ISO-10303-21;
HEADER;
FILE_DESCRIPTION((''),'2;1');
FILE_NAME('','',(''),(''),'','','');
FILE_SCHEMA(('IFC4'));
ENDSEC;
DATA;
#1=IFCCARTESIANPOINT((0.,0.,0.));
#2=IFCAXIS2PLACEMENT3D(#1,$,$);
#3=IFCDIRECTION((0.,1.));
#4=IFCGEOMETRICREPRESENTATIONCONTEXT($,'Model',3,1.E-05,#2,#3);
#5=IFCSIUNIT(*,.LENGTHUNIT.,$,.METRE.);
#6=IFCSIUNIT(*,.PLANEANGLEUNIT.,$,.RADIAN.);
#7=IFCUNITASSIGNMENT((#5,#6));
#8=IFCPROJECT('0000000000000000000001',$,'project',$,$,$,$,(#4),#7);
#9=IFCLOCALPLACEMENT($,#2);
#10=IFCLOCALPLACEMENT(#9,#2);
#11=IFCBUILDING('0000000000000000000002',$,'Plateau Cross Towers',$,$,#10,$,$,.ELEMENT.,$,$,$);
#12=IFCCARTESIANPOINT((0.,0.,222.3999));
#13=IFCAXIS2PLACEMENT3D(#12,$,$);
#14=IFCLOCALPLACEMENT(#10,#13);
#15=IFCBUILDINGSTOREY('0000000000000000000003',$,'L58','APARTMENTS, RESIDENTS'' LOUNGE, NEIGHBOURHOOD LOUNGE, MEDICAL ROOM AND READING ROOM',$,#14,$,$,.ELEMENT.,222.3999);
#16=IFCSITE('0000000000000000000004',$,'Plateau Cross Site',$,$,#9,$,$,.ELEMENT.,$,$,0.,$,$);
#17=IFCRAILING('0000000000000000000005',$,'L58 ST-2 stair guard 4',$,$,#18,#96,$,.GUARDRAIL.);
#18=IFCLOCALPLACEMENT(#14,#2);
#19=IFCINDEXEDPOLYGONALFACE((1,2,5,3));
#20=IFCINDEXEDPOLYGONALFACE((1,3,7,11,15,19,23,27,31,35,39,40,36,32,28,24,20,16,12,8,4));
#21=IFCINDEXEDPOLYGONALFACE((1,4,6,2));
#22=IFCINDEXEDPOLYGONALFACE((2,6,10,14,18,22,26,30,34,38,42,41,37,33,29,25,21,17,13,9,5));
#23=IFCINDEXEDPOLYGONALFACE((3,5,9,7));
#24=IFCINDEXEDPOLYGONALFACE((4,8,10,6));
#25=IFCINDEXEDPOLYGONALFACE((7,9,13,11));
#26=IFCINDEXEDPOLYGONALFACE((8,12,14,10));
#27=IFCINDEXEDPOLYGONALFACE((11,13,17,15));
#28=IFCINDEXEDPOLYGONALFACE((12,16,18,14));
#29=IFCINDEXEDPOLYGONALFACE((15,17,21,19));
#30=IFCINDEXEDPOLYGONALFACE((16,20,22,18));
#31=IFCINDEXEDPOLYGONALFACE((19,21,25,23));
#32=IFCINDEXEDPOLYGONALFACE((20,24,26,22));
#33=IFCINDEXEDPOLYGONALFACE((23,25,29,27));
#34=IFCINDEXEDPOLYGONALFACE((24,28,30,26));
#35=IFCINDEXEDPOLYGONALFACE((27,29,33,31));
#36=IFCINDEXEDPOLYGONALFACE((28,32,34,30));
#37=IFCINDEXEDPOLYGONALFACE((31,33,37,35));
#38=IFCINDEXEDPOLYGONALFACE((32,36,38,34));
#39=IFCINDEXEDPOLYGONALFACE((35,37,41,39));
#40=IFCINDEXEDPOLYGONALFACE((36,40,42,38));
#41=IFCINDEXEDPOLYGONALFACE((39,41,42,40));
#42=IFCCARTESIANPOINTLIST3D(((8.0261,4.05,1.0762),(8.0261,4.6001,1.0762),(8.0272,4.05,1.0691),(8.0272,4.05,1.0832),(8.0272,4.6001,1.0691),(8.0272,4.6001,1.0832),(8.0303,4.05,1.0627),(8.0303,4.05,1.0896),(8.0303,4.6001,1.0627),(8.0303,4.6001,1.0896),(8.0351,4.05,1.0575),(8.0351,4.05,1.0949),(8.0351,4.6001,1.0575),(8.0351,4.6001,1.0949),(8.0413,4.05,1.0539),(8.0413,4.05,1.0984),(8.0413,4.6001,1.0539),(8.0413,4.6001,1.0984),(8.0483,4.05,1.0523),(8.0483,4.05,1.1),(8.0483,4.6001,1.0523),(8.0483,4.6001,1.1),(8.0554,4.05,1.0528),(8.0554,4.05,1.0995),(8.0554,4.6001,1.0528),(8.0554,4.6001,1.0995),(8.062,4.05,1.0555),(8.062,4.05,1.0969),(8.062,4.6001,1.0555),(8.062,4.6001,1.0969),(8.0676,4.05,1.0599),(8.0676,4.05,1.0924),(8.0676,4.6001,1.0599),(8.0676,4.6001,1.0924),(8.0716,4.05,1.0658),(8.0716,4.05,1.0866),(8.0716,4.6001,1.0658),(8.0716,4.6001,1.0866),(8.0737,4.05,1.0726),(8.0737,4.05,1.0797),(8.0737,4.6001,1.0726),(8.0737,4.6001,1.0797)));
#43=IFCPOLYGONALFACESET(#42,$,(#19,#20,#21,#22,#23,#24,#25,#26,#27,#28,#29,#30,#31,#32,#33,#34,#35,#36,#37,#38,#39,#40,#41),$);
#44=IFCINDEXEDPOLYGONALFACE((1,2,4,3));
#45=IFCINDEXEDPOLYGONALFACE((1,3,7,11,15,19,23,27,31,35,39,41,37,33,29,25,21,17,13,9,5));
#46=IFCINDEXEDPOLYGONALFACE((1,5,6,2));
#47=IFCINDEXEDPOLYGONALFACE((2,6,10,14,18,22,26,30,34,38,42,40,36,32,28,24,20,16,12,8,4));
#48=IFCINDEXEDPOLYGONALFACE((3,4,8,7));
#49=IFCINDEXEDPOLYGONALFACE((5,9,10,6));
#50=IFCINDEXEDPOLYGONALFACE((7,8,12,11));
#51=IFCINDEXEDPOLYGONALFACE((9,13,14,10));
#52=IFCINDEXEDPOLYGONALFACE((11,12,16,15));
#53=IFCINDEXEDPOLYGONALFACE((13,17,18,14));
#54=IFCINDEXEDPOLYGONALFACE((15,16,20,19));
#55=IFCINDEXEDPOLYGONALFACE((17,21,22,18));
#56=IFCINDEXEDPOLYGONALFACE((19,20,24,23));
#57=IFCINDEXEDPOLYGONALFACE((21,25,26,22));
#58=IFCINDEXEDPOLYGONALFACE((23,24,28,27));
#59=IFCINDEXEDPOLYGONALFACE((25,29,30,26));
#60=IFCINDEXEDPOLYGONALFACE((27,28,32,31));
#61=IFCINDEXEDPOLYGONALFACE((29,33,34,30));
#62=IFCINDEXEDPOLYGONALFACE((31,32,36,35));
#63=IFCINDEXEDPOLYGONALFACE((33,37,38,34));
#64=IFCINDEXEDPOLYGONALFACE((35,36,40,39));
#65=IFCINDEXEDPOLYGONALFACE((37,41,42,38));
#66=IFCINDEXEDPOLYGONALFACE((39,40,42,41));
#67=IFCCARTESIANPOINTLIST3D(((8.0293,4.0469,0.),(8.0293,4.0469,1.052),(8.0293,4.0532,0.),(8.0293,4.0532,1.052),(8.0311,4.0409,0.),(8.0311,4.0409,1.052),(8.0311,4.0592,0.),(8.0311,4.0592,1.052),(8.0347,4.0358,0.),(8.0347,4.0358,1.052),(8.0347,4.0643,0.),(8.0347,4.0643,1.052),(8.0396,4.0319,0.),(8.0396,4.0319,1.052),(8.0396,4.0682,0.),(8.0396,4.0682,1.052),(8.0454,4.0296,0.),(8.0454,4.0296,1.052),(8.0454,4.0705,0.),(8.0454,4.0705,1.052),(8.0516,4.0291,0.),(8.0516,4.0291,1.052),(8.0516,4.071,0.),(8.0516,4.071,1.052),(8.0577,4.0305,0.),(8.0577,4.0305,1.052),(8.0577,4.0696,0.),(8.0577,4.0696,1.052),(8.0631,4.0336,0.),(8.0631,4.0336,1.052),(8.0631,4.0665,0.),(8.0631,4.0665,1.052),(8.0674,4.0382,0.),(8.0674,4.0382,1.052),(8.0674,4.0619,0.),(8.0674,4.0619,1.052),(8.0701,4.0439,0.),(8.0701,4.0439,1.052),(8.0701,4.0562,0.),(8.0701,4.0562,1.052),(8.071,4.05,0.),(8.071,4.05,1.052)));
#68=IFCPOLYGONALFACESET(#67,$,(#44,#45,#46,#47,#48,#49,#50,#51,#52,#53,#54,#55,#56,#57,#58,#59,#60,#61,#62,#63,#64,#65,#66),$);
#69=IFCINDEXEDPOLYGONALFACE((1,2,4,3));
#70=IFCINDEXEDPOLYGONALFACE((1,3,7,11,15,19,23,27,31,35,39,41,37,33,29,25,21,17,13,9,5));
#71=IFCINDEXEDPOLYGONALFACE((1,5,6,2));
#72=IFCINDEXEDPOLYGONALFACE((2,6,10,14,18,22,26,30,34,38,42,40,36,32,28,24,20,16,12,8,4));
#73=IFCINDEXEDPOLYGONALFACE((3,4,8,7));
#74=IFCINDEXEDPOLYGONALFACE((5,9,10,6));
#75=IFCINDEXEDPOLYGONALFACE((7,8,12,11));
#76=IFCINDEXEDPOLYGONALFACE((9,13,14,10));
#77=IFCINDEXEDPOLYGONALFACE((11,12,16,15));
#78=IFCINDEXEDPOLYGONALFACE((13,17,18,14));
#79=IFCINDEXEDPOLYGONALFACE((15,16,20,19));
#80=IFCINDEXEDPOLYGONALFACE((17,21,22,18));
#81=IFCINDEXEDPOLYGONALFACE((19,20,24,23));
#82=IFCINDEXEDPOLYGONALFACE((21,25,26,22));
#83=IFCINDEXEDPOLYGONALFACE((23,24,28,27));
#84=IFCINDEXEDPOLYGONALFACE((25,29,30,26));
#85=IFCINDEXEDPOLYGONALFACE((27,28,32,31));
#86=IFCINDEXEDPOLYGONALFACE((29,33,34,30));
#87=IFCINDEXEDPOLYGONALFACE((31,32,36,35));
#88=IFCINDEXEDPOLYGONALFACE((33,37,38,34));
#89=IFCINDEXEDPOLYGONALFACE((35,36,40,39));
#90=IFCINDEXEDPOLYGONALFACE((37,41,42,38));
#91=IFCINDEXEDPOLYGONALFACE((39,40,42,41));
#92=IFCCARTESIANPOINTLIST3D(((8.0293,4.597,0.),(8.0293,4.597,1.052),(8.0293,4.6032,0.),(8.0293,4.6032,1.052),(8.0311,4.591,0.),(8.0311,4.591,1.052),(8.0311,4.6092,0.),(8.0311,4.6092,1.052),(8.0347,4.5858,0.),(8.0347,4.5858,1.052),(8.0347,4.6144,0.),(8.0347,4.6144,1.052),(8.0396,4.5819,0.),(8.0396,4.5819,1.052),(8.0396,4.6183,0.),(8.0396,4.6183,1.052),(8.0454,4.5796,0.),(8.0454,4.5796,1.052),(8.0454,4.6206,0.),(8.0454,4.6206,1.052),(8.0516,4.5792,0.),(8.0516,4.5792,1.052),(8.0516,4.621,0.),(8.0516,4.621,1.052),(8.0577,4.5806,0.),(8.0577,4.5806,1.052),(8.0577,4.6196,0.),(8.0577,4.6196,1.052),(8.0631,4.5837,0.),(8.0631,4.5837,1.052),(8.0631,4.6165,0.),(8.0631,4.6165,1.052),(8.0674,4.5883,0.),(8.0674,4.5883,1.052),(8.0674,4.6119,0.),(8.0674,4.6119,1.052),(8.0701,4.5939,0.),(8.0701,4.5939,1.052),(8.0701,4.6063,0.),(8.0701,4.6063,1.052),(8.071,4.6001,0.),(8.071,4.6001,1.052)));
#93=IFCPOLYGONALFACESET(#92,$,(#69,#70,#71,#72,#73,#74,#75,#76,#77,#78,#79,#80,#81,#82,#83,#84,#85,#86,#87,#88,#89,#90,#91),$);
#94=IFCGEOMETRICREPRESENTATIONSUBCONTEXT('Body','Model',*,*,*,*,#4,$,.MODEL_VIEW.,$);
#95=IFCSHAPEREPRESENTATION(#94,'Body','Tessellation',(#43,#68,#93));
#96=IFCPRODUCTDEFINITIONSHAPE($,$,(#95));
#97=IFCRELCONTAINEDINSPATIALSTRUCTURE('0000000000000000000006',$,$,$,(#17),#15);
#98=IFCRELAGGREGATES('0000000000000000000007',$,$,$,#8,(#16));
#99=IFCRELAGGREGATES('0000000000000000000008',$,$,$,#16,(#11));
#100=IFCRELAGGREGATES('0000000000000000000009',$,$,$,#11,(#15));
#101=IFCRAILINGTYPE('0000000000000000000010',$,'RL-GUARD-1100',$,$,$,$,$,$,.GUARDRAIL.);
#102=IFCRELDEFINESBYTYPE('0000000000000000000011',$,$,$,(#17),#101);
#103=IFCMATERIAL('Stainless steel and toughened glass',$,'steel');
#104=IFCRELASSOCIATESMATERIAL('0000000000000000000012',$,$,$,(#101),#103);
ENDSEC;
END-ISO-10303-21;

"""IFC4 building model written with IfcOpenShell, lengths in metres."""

from ifc_helpers import new_model, si_unit, direction, frame, origin, origin_2d, place, context, subcontext, project, spatial, circle, extrude, material, type_object, element, save


model = new_model("IFC4")

# Units and contexts
model_context = context("Model", 3, precision=1e-05, world=origin(), true_north=direction((0.0, 1.0)))
body_context = subcontext(model_context, "Body", "Model", "MODEL_VIEW")
ifc_project = project(units=[si_unit("LENGTHUNIT", "METRE"), si_unit("PLANEANGLEUNIT", "RADIAN")], contexts=[model_context])

# Site, building, storey
site_placement = place(None, origin())
site = spatial("IfcSite", under=ifc_project, at=site_placement, Name="Plateau Cross Site", CompositionType="ELEMENT", RefElevation=0.0)
building_placement = place(site_placement, origin())
building = spatial("IfcBuilding", under=site, at=building_placement, Name="Plateau Cross Towers", CompositionType="ELEMENT")
storey_placement = place(building_placement, frame((0.0, 0.0, 222.3999)))
storey = spatial("IfcBuildingStorey", under=building, at=storey_placement, Name="L58", Description="APARTMENTS, RESIDENTS' LOUNGE, NEIGHBOURHOOD LOUNGE, MEDICAL ROOM AND READING ROOM", CompositionType="ELEMENT", Elevation=222.3999)

# Railing
ifc_material_1 = material(Name="Stainless steel and toughened glass", Category="steel")
railing_type_1 = type_object("IfcRailingType", Name="RL-GUARD-1100", PredefinedType="GUARDRAIL", material=ifc_material_1)
railing_1_placement = place(storey_placement, frame((8.05, 4.05, 0.0)))
element("IfcRailing", 1, at=railing_1_placement, inside=storey, type_object=railing_type_1, Name="L58 ST-2 stair guard 4", PredefinedType="GUARDRAIL", context=body_context, shape_type="SweptSolid", body=[
    extrude(circle(Radius=0.0239, at=origin_2d()), frame((0.0, 0.0, 1.0762), z_axis=(0.0, 1.0, 0.0), x_axis=(-1.0, 0.0, 0.0)), (0.0, 0.0, 1.0), 0.55),
    extrude(circle(Radius=0.021, at=origin_2d()), origin(), (0.0, 0.0, 1.0), 1.052),
    extrude(circle(Radius=0.021, at=origin_2d()), frame((0.0, 0.55, 0.0)), (0.0, 0.0, 1.0), 1.052),
])

save(model, "model.ifc")
